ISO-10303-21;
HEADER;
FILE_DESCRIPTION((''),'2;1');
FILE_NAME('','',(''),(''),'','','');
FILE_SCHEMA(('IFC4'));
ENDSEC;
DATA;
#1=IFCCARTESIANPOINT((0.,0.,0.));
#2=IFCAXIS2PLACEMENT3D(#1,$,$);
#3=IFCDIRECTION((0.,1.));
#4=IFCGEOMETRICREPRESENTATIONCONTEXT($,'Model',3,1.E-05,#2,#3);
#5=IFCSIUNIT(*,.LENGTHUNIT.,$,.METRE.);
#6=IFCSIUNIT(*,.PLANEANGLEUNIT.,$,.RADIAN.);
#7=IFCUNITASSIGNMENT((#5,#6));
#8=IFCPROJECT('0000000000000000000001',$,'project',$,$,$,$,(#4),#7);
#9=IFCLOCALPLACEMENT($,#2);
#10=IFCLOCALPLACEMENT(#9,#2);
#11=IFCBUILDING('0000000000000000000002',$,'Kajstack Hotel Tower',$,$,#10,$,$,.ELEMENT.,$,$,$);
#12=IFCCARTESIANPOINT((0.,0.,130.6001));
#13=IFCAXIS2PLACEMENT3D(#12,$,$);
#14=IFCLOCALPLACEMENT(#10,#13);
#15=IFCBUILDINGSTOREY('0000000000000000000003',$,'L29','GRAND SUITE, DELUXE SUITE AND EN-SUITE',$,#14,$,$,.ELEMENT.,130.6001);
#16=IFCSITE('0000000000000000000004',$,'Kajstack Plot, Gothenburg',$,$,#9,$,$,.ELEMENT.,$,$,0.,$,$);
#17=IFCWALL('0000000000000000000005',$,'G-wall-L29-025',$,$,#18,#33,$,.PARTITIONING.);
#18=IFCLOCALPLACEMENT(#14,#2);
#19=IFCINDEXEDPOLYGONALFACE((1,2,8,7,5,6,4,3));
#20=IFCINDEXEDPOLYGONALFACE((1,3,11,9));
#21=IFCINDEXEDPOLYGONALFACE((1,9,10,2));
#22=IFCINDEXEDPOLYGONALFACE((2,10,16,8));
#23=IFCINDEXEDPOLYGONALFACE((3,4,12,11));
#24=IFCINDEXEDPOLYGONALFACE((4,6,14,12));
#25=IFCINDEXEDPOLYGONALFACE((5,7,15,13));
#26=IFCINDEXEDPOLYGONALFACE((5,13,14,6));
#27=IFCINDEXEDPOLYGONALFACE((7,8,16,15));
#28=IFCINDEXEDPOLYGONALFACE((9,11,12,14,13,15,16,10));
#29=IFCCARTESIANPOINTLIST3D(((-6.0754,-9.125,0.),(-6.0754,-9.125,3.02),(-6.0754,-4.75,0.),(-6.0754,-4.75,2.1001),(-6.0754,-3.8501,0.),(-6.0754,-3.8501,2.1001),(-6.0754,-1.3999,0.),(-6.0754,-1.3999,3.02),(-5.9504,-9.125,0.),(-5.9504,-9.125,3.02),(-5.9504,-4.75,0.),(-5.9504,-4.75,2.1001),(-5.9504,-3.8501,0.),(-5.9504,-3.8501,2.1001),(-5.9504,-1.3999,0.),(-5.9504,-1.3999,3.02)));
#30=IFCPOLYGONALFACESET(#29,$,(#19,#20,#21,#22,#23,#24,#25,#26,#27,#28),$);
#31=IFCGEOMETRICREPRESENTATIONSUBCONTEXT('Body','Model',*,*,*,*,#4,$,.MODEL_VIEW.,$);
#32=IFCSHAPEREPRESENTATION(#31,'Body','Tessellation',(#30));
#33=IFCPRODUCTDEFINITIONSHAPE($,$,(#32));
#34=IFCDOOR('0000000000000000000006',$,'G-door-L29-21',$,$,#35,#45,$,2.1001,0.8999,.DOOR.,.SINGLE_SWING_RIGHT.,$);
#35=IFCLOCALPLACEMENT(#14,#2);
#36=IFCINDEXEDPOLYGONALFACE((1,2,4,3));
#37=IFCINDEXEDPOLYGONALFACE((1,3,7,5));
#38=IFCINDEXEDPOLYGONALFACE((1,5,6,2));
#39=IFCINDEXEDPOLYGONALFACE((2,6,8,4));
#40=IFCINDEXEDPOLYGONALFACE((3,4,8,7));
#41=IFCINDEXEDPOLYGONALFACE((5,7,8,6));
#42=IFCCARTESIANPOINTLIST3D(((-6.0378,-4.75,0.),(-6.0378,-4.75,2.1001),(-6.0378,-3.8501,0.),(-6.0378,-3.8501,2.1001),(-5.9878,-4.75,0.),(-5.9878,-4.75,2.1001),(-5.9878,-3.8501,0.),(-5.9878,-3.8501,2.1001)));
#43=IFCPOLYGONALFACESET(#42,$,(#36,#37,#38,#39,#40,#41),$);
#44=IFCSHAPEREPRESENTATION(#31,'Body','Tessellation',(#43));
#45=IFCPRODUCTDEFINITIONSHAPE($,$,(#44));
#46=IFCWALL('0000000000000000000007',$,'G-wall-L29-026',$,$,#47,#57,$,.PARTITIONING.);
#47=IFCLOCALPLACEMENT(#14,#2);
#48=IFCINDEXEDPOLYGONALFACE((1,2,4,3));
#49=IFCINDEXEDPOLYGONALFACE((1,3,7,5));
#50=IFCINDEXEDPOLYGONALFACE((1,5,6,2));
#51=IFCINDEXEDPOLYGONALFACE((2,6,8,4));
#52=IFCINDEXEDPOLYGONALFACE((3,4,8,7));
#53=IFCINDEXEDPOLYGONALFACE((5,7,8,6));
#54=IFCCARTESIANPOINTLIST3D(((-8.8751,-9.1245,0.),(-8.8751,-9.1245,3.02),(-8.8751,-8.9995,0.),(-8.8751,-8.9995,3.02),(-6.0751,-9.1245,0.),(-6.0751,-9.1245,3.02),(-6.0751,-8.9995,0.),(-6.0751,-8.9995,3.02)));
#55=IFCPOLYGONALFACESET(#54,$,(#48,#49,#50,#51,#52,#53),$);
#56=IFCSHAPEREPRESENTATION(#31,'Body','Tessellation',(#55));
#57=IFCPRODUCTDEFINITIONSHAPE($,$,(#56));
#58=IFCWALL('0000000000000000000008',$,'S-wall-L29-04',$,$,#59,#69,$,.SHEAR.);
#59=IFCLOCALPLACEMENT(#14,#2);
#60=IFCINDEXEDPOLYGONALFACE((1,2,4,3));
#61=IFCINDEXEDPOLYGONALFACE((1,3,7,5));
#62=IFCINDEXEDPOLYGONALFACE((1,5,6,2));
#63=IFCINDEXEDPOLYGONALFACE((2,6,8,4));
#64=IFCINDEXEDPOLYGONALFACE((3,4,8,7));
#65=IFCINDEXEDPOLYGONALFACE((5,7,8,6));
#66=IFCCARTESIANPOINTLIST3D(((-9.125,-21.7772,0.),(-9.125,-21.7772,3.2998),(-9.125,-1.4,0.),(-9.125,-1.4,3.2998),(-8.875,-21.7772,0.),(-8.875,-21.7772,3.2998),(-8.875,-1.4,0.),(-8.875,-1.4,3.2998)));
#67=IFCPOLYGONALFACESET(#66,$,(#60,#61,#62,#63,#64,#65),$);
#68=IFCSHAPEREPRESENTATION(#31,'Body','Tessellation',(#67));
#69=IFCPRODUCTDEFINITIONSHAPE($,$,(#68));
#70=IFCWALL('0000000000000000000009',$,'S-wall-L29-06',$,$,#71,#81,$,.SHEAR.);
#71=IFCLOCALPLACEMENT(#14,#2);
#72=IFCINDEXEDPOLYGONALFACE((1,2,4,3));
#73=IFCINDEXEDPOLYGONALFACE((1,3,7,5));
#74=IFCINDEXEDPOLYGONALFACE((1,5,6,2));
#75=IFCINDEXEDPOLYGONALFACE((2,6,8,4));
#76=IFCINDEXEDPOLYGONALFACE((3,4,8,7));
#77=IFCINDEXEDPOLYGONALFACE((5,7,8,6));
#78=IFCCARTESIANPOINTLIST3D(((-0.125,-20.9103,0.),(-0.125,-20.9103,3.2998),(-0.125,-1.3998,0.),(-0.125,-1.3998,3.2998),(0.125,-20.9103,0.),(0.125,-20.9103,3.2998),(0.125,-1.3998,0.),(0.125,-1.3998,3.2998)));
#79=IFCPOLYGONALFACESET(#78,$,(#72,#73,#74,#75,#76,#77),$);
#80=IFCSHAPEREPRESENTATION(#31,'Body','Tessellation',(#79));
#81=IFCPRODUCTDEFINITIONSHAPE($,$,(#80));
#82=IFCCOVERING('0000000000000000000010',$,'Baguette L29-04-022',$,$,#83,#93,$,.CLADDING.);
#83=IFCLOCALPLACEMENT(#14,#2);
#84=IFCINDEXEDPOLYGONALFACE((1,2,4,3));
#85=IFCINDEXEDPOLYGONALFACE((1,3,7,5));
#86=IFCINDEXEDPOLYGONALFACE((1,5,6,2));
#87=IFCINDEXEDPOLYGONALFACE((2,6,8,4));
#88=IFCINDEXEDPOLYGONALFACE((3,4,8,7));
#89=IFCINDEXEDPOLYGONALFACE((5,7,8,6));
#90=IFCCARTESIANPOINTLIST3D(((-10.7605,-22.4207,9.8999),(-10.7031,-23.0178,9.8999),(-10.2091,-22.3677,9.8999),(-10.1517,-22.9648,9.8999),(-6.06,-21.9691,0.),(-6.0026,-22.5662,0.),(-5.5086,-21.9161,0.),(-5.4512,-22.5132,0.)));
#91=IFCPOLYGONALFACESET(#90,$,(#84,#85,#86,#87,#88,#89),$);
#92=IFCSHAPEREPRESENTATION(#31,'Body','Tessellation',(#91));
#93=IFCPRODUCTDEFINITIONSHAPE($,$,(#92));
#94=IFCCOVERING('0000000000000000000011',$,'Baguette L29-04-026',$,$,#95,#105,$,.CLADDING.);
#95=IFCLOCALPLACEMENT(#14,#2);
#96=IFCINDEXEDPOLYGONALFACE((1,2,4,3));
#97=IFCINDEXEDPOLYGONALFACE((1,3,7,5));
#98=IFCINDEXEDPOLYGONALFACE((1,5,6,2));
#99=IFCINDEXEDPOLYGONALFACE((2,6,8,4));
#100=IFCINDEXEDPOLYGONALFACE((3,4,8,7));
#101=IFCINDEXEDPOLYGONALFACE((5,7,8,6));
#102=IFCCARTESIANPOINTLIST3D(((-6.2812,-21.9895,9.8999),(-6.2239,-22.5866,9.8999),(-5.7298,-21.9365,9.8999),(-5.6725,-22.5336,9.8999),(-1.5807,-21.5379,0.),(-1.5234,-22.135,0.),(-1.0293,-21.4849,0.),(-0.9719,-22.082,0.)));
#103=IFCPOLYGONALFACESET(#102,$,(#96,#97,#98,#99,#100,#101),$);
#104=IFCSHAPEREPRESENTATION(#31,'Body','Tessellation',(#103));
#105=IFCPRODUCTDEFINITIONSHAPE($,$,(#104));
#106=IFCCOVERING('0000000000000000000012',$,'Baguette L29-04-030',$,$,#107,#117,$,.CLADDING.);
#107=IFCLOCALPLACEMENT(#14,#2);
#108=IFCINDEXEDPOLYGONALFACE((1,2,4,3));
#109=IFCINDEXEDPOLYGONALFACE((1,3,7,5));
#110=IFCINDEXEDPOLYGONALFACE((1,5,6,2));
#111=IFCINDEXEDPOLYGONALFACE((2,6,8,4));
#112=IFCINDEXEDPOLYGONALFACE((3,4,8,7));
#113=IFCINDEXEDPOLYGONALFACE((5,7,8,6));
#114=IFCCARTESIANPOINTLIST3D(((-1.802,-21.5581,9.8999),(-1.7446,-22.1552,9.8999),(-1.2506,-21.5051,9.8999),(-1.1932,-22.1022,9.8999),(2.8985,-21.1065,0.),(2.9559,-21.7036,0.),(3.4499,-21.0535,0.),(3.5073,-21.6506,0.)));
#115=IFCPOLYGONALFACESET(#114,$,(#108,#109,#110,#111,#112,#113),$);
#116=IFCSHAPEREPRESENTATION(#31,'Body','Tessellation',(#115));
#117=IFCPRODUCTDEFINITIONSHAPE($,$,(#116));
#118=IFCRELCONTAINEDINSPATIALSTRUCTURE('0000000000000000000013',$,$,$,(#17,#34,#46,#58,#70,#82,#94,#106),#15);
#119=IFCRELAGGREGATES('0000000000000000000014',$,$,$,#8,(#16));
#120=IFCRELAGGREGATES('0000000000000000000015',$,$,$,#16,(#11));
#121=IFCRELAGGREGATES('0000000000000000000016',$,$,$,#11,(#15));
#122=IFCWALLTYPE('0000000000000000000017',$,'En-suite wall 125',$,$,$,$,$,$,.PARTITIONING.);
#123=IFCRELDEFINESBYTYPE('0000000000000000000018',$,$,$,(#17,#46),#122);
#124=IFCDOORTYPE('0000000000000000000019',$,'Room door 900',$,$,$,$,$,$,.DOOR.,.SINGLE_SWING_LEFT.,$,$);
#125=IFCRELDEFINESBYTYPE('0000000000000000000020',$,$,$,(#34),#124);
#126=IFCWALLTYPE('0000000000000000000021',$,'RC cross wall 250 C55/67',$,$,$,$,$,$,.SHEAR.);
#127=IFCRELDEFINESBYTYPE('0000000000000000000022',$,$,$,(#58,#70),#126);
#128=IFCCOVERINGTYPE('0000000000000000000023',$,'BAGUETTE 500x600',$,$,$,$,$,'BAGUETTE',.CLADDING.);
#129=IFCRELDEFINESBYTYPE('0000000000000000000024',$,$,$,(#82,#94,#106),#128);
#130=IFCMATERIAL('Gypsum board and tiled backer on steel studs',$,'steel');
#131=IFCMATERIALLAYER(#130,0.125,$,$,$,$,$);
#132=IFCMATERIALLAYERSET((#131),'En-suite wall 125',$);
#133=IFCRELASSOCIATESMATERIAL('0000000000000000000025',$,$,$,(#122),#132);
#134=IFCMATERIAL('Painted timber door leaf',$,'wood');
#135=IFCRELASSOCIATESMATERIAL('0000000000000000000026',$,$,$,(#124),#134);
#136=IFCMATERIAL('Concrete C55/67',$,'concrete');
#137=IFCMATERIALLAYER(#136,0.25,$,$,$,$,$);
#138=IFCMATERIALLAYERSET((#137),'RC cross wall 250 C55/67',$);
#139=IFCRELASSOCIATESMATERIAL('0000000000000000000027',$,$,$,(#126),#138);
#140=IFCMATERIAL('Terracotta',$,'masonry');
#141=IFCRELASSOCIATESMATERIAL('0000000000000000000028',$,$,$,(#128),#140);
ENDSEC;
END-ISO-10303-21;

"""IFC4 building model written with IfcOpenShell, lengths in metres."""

from ifc_helpers import new_model, si_unit, direction, frame, frame_2d, origin, origin_2d, place, context, subcontext, project, spatial, polyline, rectangle, outline, extrude, material, layer, layer_set, material_profile, profile_set, type_object, element, fill, save


model = new_model("IFC4")

# Units and contexts
model_context = context("Model", 3, precision=1e-05, world=origin(), true_north=direction((0.0, 1.0)))
body_context = subcontext(model_context, "Body", "Model", "MODEL_VIEW")
ifc_project = project(units=[si_unit("LENGTHUNIT", "METRE"), si_unit("PLANEANGLEUNIT", "RADIAN")], contexts=[model_context])

# Site, building, storey
site_placement = place(None, origin())
site = spatial("IfcSite", under=ifc_project, at=site_placement, Name="Kajstack Plot, Gothenburg", CompositionType="ELEMENT", RefElevation=0.0)
building_placement = place(site_placement, origin())
building = spatial("IfcBuilding", under=site, at=building_placement, Name="Kajstack Hotel Tower", CompositionType="ELEMENT")
storey_placement = place(building_placement, frame((0.0, 0.0, 130.6001)))
storey = spatial("IfcBuildingStorey", under=building, at=storey_placement, Name="L29", Description="GRAND SUITE, DELUXE SUITE AND EN-SUITE", CompositionType="ELEMENT", Elevation=130.6001)

# Wall, opening, door
ifc_material_1 = material(Name="Gypsum board and tiled backer on steel studs", Category="steel")
ifc_layer_1 = layer(ifc_material_1, 0.125)
ifc_layer_set_1 = layer_set([ifc_layer_1], Name="En-suite wall 125")
wall_type_1 = type_object("IfcWallType", Name="En-suite wall 125", PredefinedType="PARTITIONING", material=ifc_layer_set_1)
wall_1_placement = place(storey_placement, frame((-6.0129, -9.125, 0.0), z_axis=(0.0, 0.0, 1.0), x_axis=(0.0, 1.0, 0.0)))
wall_1 = element("IfcWall", 1, at=wall_1_placement, inside=storey, type_object=wall_type_1, Name="G-wall-L29-025", PredefinedType="PARTITIONING", context=body_context, shape_type="SweptSolid", body=[
    extrude(rectangle(XDim=7.7251, YDim=0.125, at=frame_2d((3.8625, 0.0))), origin(), (0.0, 0.0, 1.0), 3.02),
])
opening_placement = place(wall_1_placement, frame((4.375, 0.0, 0.0)))
opening = element("IfcOpeningElement", 2, at=opening_placement, cuts=wall_1, PredefinedType="OPENING", context=body_context, shape_type="SweptSolid", body=[
    extrude(rectangle(XDim=0.8999, YDim=2.1001, at=frame_2d((0.45, 1.05))), frame((0.0, 0.0725, 0.0), z_axis=(0.0, -1.0, 0.0), x_axis=(1.0, 0.0, 0.0)), (0.0, 0.0, 1.0), 0.145),
])
ifc_material_2 = material(Name="Painted timber door leaf", Category="wood")
door_type = type_object("IfcDoorType", Name="Room door 900", OperationType="SINGLE_SWING_LEFT", PredefinedType="DOOR", material=ifc_material_2)
door_placement = place(opening_placement, origin())
door = element("IfcDoor", 3, at=door_placement, inside=storey, type_object=door_type, Name="G-door-L29-21", OperationType="SINGLE_SWING_RIGHT", OverallHeight=2.1001, OverallWidth=0.8999, PredefinedType="DOOR", context=body_context, shape_type="SweptSolid", body=[
    extrude(rectangle(XDim=0.8999, YDim=2.1001, at=frame_2d((0.45, 1.05))), frame((0.0, 0.0249, 0.0), z_axis=(0.0, -1.0, 0.0), x_axis=(1.0, 0.0, 0.0)), (0.0, 0.0, 1.0), 0.05),
])
fill(opening, door)

# Walls
wall_2_placement = place(storey_placement, frame((-8.875, -9.062, 0.0), z_axis=(0.0, 0.0, 1.0), x_axis=(1.0, 0.0, 0.0)))
element("IfcWall", 4, at=wall_2_placement, inside=storey, type_object=wall_type_1, Name="G-wall-L29-026", PredefinedType="PARTITIONING", context=body_context, shape_type="SweptSolid", body=[
    extrude(rectangle(XDim=2.8, YDim=0.125, at=frame_2d((1.3999, 0.0))), origin(), (0.0, 0.0, 1.0), 3.02),
])
ifc_material_3 = material(Name="Concrete C55/67", Category="concrete")
ifc_layer_2 = layer(ifc_material_3, 0.25)
ifc_layer_set_2 = layer_set([ifc_layer_2], Name="RC cross wall 250 C55/67")
wall_type_2 = type_object("IfcWallType", Name="RC cross wall 250 C55/67", PredefinedType="SHEAR", material=ifc_layer_set_2)
wall_3_placement = place(storey_placement, frame((-9.0, -21.7771, 0.0), z_axis=(0.0, 0.0, 1.0), x_axis=(0.0, 1.0, 0.0)))
element("IfcWall", 5, at=wall_3_placement, inside=storey, type_object=wall_type_2, Name="S-wall-L29-04", PredefinedType="SHEAR", context=body_context, shape_type="SweptSolid", body=[
    extrude(rectangle(XDim=20.3772, YDim=0.25, at=frame_2d((10.1885, 0.0))), origin(), (0.0, 0.0, 1.0), 3.2998),
])
wall_4_placement = place(storey_placement, frame((0.0, -20.9104, 0.0), z_axis=(0.0, 0.0, 1.0), x_axis=(0.0, 1.0, 0.0)))
element("IfcWall", 6, at=wall_4_placement, inside=storey, type_object=wall_type_2, Name="S-wall-L29-06", PredefinedType="SHEAR", context=body_context, shape_type="SweptSolid", body=[
    extrude(rectangle(XDim=19.5105, YDim=0.25, at=frame_2d((9.7554, 0.0))), origin(), (0.0, 0.0, 1.0), 3.2998),
])

# Coverings
ifc_material_4 = material(Name="Terracotta", Category="masonry")
ifc_material_profile = material_profile(ifc_material_4, rectangle(XDim=0.6001, YDim=0.5, at=origin_2d()), Name="Terracotta-clad concrete baguette 500 x 600")
ifc_profile_set = profile_set([ifc_material_profile], Name="Terracotta")
covering_type = type_object("IfcCoveringType", Name="BAGUETTE 500x600", ElementType="BAGUETTE", PredefinedType="CLADDING", material=ifc_profile_set)
for number, where, z_axis, x_axis, name in (
    (7, (-10.7605, -22.4207, 0.0), (0.095635, -0.995416, 0.0), (0.995416, 0.095635, 0.0), "Baguette L29-04-022"),
    (8, (-6.2812, -21.9895, 0.0), (0.095635, -0.995416, 0.0), (0.995416, 0.095635, 0.0), "Baguette L29-04-026"),
    (9, (-1.802, -21.5581, 0.0), (0.095635, -0.995416, 0.0), (0.995416, 0.095635, 0.0), "Baguette L29-04-030"),
):
    element("IfcCovering", number, at=place(storey_placement, frame(where, z_axis=z_axis, x_axis=x_axis)), inside=storey, type_object=covering_type, Name=name, PredefinedType="CLADDING", context=body_context, shape_type="SweptSolid", body=[
        extrude(outline(polyline([(0.0, 9.8999), (4.7222, 0.0), (5.2761, 0.0), (0.554, 9.8999), (0.0, 9.8999)])), origin(), (0.0, 0.0, 1.0), 0.5999),
    ])

save(model, "model.ifc")
